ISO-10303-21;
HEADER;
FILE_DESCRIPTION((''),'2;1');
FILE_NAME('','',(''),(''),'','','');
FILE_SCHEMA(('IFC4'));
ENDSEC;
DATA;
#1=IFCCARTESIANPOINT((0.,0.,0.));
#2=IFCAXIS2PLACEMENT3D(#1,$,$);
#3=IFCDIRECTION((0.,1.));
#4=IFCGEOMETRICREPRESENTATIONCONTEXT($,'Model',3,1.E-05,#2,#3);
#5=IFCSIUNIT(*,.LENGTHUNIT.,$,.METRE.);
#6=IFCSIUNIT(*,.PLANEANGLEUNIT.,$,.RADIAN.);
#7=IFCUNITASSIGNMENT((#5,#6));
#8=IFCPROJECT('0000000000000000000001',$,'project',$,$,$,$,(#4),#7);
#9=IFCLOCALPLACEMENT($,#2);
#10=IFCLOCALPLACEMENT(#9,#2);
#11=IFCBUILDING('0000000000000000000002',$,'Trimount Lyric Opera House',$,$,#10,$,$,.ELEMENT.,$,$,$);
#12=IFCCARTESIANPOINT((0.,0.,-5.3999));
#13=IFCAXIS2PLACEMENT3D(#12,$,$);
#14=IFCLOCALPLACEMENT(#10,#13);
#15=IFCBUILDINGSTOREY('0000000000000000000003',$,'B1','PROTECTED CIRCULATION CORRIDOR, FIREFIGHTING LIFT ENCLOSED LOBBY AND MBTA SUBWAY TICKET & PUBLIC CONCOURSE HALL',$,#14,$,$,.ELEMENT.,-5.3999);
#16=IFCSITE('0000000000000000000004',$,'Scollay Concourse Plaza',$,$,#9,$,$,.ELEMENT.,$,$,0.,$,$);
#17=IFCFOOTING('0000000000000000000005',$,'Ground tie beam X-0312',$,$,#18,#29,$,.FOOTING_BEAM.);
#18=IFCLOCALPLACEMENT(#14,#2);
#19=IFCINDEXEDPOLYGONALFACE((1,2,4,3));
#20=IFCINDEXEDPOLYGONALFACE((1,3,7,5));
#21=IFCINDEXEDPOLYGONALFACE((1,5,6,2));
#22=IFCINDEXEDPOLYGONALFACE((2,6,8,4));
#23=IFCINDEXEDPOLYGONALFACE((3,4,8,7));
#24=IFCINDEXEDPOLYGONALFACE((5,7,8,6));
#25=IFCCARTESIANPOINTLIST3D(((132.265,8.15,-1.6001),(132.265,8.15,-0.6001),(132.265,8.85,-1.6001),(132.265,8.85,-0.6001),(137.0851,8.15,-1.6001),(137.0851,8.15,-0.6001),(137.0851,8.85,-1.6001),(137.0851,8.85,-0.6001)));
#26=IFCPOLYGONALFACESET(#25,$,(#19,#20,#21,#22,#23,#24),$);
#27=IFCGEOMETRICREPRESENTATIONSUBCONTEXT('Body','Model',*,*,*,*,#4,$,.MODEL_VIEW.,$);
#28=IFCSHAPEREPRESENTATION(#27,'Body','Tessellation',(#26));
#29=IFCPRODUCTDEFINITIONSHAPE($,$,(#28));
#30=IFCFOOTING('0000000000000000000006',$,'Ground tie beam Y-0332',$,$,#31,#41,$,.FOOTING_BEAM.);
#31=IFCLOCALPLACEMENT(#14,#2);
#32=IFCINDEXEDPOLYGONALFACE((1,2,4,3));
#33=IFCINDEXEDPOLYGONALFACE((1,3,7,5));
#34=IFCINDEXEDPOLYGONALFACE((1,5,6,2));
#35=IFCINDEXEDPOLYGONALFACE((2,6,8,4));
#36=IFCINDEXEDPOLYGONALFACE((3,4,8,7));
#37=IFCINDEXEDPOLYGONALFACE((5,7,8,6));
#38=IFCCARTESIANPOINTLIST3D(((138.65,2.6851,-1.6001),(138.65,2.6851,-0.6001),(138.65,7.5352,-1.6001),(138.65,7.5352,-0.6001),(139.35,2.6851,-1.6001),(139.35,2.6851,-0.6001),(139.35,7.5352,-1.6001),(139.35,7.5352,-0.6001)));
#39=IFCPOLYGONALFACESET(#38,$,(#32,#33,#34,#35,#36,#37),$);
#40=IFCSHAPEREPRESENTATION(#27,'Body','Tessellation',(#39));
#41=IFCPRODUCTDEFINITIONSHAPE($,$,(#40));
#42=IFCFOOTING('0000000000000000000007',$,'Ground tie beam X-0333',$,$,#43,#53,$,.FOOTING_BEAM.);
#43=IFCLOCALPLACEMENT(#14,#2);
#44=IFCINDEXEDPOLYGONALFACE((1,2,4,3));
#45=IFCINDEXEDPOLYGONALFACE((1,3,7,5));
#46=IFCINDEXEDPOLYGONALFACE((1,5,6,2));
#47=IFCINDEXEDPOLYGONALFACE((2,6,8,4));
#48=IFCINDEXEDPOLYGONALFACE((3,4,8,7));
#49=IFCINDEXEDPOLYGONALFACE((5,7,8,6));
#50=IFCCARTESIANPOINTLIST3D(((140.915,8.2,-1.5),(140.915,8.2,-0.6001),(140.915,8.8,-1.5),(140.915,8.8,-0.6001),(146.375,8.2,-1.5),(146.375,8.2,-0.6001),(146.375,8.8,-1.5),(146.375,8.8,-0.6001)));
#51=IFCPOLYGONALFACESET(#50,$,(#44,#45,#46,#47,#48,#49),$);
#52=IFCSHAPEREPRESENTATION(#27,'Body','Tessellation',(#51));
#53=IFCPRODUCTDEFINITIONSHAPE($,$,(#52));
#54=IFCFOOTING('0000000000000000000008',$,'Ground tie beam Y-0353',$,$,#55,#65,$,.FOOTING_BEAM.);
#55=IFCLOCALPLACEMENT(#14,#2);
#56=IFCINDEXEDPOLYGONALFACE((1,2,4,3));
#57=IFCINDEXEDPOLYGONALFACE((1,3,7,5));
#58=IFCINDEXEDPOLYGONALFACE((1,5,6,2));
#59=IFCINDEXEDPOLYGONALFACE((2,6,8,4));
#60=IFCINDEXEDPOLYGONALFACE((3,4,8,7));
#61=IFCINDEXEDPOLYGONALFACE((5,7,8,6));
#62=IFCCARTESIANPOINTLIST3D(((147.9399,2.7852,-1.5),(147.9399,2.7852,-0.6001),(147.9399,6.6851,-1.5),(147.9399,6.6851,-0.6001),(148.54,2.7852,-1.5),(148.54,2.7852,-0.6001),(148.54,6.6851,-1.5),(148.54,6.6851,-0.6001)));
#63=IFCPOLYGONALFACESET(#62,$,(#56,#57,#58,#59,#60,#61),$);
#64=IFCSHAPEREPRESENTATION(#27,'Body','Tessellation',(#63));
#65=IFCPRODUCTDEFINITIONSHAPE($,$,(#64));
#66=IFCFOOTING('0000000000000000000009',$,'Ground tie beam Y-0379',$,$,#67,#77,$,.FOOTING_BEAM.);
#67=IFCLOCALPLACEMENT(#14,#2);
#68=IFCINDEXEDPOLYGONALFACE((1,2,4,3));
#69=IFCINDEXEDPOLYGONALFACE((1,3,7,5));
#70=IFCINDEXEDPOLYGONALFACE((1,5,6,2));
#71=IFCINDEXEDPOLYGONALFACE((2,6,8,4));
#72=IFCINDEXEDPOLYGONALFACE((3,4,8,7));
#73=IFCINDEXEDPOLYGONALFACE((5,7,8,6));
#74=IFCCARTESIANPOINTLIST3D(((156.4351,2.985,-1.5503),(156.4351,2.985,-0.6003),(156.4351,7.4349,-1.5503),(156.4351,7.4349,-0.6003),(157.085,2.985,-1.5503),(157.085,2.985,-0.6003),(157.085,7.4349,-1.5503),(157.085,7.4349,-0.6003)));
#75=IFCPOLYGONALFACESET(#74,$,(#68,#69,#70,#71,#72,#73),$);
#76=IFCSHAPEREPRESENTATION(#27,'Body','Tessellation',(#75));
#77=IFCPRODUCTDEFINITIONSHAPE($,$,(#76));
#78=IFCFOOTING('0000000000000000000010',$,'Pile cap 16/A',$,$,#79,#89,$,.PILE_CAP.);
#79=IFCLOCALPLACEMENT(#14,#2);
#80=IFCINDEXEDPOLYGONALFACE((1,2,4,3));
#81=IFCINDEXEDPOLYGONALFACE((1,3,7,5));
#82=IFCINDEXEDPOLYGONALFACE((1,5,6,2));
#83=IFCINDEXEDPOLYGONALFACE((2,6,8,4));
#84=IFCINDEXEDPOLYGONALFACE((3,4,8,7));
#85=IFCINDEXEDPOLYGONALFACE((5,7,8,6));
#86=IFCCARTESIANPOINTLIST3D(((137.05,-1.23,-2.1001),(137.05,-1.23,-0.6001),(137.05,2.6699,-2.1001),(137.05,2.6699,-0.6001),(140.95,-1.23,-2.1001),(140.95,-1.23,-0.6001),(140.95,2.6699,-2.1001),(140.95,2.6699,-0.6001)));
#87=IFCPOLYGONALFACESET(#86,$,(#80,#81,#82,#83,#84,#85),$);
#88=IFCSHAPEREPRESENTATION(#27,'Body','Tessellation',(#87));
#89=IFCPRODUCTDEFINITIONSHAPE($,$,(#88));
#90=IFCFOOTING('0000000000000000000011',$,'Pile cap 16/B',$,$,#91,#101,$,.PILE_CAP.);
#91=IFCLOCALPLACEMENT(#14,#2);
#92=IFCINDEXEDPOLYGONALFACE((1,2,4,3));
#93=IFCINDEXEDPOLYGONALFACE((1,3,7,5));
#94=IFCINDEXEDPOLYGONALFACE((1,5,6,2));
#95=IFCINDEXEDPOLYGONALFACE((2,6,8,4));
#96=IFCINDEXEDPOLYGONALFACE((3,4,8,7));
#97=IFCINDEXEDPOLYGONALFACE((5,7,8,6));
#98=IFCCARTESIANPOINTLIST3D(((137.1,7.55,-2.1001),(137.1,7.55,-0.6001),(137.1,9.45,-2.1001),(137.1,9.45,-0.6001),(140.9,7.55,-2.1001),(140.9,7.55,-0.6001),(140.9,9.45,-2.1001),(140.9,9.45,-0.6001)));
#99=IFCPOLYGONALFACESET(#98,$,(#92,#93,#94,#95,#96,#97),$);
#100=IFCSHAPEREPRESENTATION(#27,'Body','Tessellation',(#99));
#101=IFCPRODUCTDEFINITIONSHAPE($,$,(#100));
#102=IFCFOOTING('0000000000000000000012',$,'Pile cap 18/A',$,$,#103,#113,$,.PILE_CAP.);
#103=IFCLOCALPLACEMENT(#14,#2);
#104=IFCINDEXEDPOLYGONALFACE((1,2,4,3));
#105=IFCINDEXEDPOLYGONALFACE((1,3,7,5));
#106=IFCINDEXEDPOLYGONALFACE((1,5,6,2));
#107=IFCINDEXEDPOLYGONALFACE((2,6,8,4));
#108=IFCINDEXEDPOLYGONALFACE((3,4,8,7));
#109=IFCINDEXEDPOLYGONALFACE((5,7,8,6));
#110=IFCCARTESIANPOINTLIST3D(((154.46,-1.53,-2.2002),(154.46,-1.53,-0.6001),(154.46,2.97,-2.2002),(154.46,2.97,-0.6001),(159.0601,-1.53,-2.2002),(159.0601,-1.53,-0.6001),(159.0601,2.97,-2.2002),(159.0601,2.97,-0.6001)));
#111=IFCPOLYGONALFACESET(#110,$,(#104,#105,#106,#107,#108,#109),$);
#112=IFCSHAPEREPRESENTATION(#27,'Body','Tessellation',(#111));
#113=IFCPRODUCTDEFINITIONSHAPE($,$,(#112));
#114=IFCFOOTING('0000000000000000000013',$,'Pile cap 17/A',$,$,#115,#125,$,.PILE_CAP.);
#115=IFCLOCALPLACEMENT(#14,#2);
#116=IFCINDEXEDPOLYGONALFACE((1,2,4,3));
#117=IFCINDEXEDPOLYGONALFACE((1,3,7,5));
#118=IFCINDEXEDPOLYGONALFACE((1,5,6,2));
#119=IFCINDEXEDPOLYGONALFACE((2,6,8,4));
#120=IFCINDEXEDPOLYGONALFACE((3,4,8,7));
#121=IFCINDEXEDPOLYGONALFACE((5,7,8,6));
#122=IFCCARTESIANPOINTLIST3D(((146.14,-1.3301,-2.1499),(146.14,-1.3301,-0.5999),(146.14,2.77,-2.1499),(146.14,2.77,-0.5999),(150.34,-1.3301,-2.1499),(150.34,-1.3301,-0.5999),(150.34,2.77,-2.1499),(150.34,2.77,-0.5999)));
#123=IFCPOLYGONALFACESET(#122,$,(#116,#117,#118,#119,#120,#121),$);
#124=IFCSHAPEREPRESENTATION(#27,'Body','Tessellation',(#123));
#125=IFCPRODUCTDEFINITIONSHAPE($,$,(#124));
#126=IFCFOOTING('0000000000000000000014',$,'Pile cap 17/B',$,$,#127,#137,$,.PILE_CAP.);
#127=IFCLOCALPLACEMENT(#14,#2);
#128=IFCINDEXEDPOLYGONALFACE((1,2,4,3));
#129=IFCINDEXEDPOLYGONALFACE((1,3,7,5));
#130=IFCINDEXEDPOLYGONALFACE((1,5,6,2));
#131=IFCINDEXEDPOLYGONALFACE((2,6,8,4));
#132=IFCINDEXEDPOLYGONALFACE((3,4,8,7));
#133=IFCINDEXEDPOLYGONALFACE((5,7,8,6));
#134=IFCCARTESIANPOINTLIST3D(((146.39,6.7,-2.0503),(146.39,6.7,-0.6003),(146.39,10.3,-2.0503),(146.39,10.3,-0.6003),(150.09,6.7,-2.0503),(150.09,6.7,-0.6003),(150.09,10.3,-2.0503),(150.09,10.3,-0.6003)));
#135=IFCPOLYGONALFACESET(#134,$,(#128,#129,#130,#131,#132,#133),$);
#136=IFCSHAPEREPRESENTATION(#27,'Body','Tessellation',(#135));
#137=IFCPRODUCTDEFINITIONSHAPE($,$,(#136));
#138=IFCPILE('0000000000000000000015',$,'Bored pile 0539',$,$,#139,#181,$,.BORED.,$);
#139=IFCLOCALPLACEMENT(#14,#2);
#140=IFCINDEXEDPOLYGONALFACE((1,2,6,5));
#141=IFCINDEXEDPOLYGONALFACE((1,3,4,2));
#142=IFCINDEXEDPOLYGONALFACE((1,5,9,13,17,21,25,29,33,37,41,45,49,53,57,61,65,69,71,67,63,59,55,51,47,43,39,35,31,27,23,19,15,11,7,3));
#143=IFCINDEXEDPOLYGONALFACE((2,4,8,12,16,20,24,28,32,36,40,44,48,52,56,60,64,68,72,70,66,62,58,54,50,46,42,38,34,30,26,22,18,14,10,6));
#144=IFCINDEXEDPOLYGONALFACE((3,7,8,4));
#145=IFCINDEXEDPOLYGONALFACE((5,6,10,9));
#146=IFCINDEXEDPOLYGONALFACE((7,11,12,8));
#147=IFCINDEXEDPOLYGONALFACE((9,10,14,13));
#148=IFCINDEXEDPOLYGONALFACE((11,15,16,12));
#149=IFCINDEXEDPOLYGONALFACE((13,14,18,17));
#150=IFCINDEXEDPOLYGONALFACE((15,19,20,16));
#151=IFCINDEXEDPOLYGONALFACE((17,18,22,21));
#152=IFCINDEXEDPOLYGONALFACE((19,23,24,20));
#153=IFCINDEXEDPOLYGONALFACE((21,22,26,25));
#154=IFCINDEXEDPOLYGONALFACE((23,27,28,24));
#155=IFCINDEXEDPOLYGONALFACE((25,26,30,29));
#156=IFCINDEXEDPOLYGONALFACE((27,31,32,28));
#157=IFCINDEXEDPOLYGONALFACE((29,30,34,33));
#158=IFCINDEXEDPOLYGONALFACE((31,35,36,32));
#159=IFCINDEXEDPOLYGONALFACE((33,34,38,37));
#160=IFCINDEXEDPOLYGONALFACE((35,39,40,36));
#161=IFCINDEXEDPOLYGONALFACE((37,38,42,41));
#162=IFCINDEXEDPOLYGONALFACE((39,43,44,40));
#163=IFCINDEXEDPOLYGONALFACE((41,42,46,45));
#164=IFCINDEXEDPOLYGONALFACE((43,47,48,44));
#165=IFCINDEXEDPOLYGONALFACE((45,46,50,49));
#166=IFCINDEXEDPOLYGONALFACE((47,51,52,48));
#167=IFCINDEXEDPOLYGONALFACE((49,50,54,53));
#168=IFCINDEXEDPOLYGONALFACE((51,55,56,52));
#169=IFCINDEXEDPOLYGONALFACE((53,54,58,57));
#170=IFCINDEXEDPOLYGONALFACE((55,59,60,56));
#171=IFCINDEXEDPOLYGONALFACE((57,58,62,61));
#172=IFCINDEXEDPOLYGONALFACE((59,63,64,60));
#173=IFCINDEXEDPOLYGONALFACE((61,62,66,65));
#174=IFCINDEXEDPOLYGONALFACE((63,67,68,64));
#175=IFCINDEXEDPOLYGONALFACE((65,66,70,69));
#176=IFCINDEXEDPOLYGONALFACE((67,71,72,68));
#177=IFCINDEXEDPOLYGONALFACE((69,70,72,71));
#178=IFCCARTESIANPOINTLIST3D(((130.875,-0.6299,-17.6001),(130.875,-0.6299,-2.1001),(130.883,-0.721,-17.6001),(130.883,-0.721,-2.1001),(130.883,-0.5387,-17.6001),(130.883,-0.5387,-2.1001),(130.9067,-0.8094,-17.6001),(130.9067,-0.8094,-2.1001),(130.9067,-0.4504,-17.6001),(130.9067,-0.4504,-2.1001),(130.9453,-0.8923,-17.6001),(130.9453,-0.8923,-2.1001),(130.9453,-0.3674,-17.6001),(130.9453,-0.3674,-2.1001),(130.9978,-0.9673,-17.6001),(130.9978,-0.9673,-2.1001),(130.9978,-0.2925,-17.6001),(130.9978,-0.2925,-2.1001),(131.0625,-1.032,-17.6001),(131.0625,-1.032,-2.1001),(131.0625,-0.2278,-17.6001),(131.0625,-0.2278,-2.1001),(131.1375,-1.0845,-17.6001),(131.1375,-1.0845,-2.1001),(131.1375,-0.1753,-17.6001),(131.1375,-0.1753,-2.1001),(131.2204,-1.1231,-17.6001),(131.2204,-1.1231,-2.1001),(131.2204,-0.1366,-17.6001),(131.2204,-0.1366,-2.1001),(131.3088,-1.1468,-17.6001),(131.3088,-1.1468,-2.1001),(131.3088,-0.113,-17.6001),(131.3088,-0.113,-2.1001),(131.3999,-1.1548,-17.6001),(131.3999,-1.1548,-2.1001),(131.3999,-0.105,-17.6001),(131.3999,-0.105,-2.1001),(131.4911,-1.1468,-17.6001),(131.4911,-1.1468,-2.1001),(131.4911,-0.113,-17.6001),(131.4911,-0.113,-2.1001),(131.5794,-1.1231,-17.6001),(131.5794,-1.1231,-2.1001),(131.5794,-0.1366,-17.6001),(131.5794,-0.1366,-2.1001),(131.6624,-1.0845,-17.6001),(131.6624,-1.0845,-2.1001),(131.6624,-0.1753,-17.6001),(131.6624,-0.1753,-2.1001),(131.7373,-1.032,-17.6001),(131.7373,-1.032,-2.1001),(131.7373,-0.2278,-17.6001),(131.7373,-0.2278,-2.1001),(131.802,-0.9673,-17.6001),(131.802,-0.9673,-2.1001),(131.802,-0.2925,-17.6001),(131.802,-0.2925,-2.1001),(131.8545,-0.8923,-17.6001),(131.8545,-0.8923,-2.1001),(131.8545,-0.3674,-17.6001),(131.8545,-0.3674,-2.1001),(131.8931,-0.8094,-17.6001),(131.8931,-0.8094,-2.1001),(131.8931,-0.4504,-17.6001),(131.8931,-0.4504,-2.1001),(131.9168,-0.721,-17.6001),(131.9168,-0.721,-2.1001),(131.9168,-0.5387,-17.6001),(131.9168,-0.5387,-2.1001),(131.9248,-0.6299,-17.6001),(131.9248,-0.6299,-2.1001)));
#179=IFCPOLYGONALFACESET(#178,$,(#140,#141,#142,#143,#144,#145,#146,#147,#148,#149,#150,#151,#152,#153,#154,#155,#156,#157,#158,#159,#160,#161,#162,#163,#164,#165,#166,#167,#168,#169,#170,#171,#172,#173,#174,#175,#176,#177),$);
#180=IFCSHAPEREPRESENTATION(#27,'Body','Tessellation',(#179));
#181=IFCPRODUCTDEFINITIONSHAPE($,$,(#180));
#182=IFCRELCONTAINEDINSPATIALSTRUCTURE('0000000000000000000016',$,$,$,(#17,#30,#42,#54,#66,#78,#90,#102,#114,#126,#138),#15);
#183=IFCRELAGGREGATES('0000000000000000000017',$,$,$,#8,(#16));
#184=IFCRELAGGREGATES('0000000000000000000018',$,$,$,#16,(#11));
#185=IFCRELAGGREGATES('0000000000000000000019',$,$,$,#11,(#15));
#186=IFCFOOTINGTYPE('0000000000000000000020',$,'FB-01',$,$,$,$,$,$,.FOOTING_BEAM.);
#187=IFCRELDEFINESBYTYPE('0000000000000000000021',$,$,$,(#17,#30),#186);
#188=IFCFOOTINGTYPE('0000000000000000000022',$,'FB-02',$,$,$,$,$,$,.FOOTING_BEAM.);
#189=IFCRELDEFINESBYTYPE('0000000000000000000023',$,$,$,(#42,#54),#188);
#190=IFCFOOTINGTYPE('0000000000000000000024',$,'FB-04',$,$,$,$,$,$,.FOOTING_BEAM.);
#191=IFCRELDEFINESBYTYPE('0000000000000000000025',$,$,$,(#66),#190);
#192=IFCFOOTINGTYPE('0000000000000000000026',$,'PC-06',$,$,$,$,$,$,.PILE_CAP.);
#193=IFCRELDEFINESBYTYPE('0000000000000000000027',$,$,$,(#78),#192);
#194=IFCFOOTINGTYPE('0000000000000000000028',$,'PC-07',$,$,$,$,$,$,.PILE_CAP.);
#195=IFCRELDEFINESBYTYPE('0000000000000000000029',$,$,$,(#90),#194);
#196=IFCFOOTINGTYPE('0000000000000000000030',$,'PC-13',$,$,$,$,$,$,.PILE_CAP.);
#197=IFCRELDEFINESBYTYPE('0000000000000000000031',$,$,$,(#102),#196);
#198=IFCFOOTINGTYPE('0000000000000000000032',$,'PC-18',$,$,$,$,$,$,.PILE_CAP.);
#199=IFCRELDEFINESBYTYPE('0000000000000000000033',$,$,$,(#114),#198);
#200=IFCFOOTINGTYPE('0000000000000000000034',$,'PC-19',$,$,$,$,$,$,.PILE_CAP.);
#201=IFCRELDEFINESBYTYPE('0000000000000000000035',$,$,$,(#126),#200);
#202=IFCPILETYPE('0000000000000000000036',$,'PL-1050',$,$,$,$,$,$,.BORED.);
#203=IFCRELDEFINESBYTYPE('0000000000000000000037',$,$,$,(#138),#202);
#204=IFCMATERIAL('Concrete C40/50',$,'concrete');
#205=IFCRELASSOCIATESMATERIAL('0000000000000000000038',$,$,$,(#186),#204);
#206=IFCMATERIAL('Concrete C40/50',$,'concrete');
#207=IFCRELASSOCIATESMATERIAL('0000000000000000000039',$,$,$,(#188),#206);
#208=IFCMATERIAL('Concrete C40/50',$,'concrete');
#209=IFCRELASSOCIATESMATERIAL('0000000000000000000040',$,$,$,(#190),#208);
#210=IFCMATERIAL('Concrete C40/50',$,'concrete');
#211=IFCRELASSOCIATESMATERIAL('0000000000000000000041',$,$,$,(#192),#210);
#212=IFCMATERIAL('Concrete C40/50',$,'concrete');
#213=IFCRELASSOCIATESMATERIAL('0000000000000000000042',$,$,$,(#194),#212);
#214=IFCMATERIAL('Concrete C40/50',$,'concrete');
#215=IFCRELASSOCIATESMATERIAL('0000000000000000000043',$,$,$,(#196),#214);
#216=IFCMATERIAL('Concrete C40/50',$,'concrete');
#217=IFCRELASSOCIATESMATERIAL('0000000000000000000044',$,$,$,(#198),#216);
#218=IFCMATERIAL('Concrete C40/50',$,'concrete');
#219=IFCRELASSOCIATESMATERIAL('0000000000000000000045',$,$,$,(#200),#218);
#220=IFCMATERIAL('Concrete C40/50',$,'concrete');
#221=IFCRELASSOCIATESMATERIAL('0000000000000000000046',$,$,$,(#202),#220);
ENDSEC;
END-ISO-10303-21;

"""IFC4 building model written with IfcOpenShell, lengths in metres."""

from ifc_helpers import new_model, si_unit, direction, frame, origin, origin_2d, place, context, subcontext, project, spatial, rectangle, circle, extrude, material, material_profile, profile_set, type_object, element, save


model = new_model("IFC4")

# Units and contexts
model_context = context("Model", 3, precision=1e-05, world=origin(), true_north=direction((0.0, 1.0)))
body_context = subcontext(model_context, "Body", "Model", "MODEL_VIEW")
ifc_project = project(units=[si_unit("LENGTHUNIT", "METRE"), si_unit("PLANEANGLEUNIT", "RADIAN")], contexts=[model_context])

# Site, building, storey
site_placement = place(None, origin())
site = spatial("IfcSite", under=ifc_project, at=site_placement, Name="Scollay Concourse Plaza", CompositionType="ELEMENT", RefElevation=0.0)
building_placement = place(site_placement, origin())
building = spatial("IfcBuilding", under=site, at=building_placement, Name="Trimount Lyric Opera House", CompositionType="ELEMENT")
storey_placement = place(building_placement, frame((0.0, 0.0, -5.3999)))
storey = spatial("IfcBuildingStorey", under=building, at=storey_placement, Name="B1", Description="PROTECTED CIRCULATION CORRIDOR, FIREFIGHTING LIFT ENCLOSED LOBBY AND MBTA SUBWAY TICKET & PUBLIC CONCOURSE HALL", CompositionType="ELEMENT", Elevation=-5.3999)

# Footings
ifc_material_1 = material(Name="Concrete C40/50", Category="concrete")
footing_type_1 = type_object("IfcFootingType", Name="FB-01", PredefinedType="FOOTING_BEAM", material=ifc_material_1)
footing_1_placement = place(storey_placement, frame((134.675, 8.5, -1.6001), z_axis=(0.0, 0.0, 1.0), x_axis=(1.0, 0.0, 0.0)))
element("IfcFooting", 1, at=footing_1_placement, inside=storey, type_object=footing_type_1, Name="Ground tie beam X-0312", PredefinedType="FOOTING_BEAM", context=body_context, shape_type="SweptSolid", body=[
    extrude(rectangle(XDim=4.8201, YDim=0.7, at=origin_2d()), origin(), (0.0, 0.0, 1.0), 1.0),
])
footing_2_placement = place(storey_placement, frame((139.0, 5.1101, -1.6001), z_axis=(0.0, 0.0, 1.0), x_axis=(1.0, 0.0, 0.0)))
element("IfcFooting", 2, at=footing_2_placement, inside=storey, type_object=footing_type_1, Name="Ground tie beam Y-0332", PredefinedType="FOOTING_BEAM", context=body_context, shape_type="SweptSolid", body=[
    extrude(rectangle(XDim=0.7, YDim=4.8501, at=origin_2d()), origin(), (0.0, 0.0, 1.0), 1.0),
])
ifc_material_2 = material(Name="Concrete C40/50", Category="concrete")
footing_type_2 = type_object("IfcFootingType", Name="FB-02", PredefinedType="FOOTING_BEAM", material=ifc_material_2)
footing_3_placement = place(storey_placement, frame((143.645, 8.5, -1.5), z_axis=(0.0, 0.0, 1.0), x_axis=(1.0, 0.0, 0.0)))
element("IfcFooting", 3, at=footing_3_placement, inside=storey, type_object=footing_type_2, Name="Ground tie beam X-0333", PredefinedType="FOOTING_BEAM", context=body_context, shape_type="SweptSolid", body=[
    extrude(rectangle(XDim=5.46, YDim=0.6001, at=origin_2d()), origin(), (0.0, 0.0, 1.0), 0.8999),
])
footing_4_placement = place(storey_placement, frame((148.24, 4.7351, -1.5), z_axis=(0.0, 0.0, 1.0), x_axis=(1.0, 0.0, 0.0)))
element("IfcFooting", 4, at=footing_4_placement, inside=storey, type_object=footing_type_2, Name="Ground tie beam Y-0353", PredefinedType="FOOTING_BEAM", context=body_context, shape_type="SweptSolid", body=[
    extrude(rectangle(XDim=0.6001, YDim=3.8999, at=origin_2d()), origin(), (0.0, 0.0, 1.0), 0.8999),
])
ifc_material_3 = material(Name="Concrete C40/50", Category="concrete")
footing_type_3 = type_object("IfcFootingType", Name="FB-04", PredefinedType="FOOTING_BEAM", material=ifc_material_3)
footing_5_placement = place(storey_placement, frame((156.76, 5.21, -1.5503), z_axis=(0.0, 0.0, 1.0), x_axis=(1.0, 0.0, 0.0)))
element("IfcFooting", 5, at=footing_5_placement, inside=storey, type_object=footing_type_3, Name="Ground tie beam Y-0379", PredefinedType="FOOTING_BEAM", context=body_context, shape_type="SweptSolid", body=[
    extrude(rectangle(XDim=0.6499, YDim=4.45, at=origin_2d()), origin(), (0.0, 0.0, 1.0), 0.95),
])
ifc_material_4 = material(Name="Concrete C40/50", Category="concrete")
footing_type_4 = type_object("IfcFootingType", Name="PC-06", PredefinedType="PILE_CAP", material=ifc_material_4)
footing_6_placement = place(storey_placement, frame((139.0, 0.72, -2.1001), z_axis=(0.0, 0.0, 1.0), x_axis=(1.0, 0.0, 0.0)))
element("IfcFooting", 6, at=footing_6_placement, inside=storey, type_object=footing_type_4, Name="Pile cap 16/A", PredefinedType="PILE_CAP", context=body_context, shape_type="SweptSolid", body=[
    extrude(rectangle(XDim=3.8999, YDim=3.8999, at=origin_2d()), origin(), (0.0, 0.0, 1.0), 1.5),
])
ifc_material_5 = material(Name="Concrete C40/50", Category="concrete")
footing_type_5 = type_object("IfcFootingType", Name="PC-07", PredefinedType="PILE_CAP", material=ifc_material_5)
footing_7_placement = place(storey_placement, frame((139.0, 8.5, -2.1001), z_axis=(0.0, 0.0, 1.0), x_axis=(1.0, 0.0, 0.0)))
element("IfcFooting", 7, at=footing_7_placement, inside=storey, type_object=footing_type_5, Name="Pile cap 16/B", PredefinedType="PILE_CAP", context=body_context, shape_type="SweptSolid", body=[
    extrude(rectangle(XDim=3.8, YDim=1.8999, at=origin_2d()), origin(), (0.0, 0.0, 1.0), 1.5),
])
ifc_material_6 = material(Name="Concrete C40/50", Category="concrete")
footing_type_6 = type_object("IfcFootingType", Name="PC-13", PredefinedType="PILE_CAP", material=ifc_material_6)
footing_8_placement = place(storey_placement, frame((156.76, 0.72, -2.2002), z_axis=(0.0, 0.0, 1.0), x_axis=(1.0, 0.0, 0.0)))
element("IfcFooting", 8, at=footing_8_placement, inside=storey, type_object=footing_type_6, Name="Pile cap 18/A", PredefinedType="PILE_CAP", context=body_context, shape_type="SweptSolid", body=[
    extrude(rectangle(XDim=4.6001, YDim=4.5, at=origin_2d()), origin(), (0.0, 0.0, 1.0), 1.6001),
])
ifc_material_7 = material(Name="Concrete C40/50", Category="concrete")
footing_type_7 = type_object("IfcFootingType", Name="PC-18", PredefinedType="PILE_CAP", material=ifc_material_7)
footing_9_placement = place(storey_placement, frame((148.24, 0.72, -2.1499), z_axis=(0.0, 0.0, 1.0), x_axis=(1.0, 0.0, 0.0)))
element("IfcFooting", 9, at=footing_9_placement, inside=storey, type_object=footing_type_7, Name="Pile cap 17/A", PredefinedType="PILE_CAP", context=body_context, shape_type="SweptSolid", body=[
    extrude(rectangle(XDim=4.2, YDim=4.1001, at=origin_2d()), origin(), (0.0, 0.0, 1.0), 1.55),
])
ifc_material_8 = material(Name="Concrete C40/50", Category="concrete")
footing_type_8 = type_object("IfcFootingType", Name="PC-19", PredefinedType="PILE_CAP", material=ifc_material_8)
footing_10_placement = place(storey_placement, frame((148.24, 8.5, -2.0503), z_axis=(0.0, 0.0, 1.0), x_axis=(1.0, 0.0, 0.0)))
element("IfcFooting", 10, at=footing_10_placement, inside=storey, type_object=footing_type_8, Name="Pile cap 17/B", PredefinedType="PILE_CAP", context=body_context, shape_type="SweptSolid", body=[
    extrude(rectangle(XDim=3.7, YDim=3.6001, at=origin_2d()), origin(), (0.0, 0.0, 1.0), 1.45),
])

# Pile
ifc_material_9 = material(Name="Concrete C40/50", Category="concrete")
ifc_material_profile_1 = material_profile(ifc_material_9, circle(Radius=0.5249, at=origin_2d()), Name="PILE-D1050")
ifc_profile_set_1 = profile_set([ifc_material_profile_1], Name="Concrete C40/50")
pile_type_1 = type_object("IfcPileType", Name="PL-1050", PredefinedType="BORED", material=ifc_profile_set_1)
for number, where, z_axis, x_axis, name in (
    (11, (131.3999, -0.6299, -2.1001), (0.0, 0.0, -1.0), (1.0, 0.0, 0.0), "Bored pile 0539"),
):
    element("IfcPile", number, at=place(storey_placement, frame(where, z_axis=z_axis, x_axis=x_axis)), inside=storey, type_object=pile_type_1, Name=name, PredefinedType="BORED", context=body_context, shape_type="SweptSolid", body=[
        extrude(circle(Radius=0.5249, at=origin_2d()), origin(), (0.0, 0.0, 1.0), 15.5),
    ])

save(model, "model.ifc")
